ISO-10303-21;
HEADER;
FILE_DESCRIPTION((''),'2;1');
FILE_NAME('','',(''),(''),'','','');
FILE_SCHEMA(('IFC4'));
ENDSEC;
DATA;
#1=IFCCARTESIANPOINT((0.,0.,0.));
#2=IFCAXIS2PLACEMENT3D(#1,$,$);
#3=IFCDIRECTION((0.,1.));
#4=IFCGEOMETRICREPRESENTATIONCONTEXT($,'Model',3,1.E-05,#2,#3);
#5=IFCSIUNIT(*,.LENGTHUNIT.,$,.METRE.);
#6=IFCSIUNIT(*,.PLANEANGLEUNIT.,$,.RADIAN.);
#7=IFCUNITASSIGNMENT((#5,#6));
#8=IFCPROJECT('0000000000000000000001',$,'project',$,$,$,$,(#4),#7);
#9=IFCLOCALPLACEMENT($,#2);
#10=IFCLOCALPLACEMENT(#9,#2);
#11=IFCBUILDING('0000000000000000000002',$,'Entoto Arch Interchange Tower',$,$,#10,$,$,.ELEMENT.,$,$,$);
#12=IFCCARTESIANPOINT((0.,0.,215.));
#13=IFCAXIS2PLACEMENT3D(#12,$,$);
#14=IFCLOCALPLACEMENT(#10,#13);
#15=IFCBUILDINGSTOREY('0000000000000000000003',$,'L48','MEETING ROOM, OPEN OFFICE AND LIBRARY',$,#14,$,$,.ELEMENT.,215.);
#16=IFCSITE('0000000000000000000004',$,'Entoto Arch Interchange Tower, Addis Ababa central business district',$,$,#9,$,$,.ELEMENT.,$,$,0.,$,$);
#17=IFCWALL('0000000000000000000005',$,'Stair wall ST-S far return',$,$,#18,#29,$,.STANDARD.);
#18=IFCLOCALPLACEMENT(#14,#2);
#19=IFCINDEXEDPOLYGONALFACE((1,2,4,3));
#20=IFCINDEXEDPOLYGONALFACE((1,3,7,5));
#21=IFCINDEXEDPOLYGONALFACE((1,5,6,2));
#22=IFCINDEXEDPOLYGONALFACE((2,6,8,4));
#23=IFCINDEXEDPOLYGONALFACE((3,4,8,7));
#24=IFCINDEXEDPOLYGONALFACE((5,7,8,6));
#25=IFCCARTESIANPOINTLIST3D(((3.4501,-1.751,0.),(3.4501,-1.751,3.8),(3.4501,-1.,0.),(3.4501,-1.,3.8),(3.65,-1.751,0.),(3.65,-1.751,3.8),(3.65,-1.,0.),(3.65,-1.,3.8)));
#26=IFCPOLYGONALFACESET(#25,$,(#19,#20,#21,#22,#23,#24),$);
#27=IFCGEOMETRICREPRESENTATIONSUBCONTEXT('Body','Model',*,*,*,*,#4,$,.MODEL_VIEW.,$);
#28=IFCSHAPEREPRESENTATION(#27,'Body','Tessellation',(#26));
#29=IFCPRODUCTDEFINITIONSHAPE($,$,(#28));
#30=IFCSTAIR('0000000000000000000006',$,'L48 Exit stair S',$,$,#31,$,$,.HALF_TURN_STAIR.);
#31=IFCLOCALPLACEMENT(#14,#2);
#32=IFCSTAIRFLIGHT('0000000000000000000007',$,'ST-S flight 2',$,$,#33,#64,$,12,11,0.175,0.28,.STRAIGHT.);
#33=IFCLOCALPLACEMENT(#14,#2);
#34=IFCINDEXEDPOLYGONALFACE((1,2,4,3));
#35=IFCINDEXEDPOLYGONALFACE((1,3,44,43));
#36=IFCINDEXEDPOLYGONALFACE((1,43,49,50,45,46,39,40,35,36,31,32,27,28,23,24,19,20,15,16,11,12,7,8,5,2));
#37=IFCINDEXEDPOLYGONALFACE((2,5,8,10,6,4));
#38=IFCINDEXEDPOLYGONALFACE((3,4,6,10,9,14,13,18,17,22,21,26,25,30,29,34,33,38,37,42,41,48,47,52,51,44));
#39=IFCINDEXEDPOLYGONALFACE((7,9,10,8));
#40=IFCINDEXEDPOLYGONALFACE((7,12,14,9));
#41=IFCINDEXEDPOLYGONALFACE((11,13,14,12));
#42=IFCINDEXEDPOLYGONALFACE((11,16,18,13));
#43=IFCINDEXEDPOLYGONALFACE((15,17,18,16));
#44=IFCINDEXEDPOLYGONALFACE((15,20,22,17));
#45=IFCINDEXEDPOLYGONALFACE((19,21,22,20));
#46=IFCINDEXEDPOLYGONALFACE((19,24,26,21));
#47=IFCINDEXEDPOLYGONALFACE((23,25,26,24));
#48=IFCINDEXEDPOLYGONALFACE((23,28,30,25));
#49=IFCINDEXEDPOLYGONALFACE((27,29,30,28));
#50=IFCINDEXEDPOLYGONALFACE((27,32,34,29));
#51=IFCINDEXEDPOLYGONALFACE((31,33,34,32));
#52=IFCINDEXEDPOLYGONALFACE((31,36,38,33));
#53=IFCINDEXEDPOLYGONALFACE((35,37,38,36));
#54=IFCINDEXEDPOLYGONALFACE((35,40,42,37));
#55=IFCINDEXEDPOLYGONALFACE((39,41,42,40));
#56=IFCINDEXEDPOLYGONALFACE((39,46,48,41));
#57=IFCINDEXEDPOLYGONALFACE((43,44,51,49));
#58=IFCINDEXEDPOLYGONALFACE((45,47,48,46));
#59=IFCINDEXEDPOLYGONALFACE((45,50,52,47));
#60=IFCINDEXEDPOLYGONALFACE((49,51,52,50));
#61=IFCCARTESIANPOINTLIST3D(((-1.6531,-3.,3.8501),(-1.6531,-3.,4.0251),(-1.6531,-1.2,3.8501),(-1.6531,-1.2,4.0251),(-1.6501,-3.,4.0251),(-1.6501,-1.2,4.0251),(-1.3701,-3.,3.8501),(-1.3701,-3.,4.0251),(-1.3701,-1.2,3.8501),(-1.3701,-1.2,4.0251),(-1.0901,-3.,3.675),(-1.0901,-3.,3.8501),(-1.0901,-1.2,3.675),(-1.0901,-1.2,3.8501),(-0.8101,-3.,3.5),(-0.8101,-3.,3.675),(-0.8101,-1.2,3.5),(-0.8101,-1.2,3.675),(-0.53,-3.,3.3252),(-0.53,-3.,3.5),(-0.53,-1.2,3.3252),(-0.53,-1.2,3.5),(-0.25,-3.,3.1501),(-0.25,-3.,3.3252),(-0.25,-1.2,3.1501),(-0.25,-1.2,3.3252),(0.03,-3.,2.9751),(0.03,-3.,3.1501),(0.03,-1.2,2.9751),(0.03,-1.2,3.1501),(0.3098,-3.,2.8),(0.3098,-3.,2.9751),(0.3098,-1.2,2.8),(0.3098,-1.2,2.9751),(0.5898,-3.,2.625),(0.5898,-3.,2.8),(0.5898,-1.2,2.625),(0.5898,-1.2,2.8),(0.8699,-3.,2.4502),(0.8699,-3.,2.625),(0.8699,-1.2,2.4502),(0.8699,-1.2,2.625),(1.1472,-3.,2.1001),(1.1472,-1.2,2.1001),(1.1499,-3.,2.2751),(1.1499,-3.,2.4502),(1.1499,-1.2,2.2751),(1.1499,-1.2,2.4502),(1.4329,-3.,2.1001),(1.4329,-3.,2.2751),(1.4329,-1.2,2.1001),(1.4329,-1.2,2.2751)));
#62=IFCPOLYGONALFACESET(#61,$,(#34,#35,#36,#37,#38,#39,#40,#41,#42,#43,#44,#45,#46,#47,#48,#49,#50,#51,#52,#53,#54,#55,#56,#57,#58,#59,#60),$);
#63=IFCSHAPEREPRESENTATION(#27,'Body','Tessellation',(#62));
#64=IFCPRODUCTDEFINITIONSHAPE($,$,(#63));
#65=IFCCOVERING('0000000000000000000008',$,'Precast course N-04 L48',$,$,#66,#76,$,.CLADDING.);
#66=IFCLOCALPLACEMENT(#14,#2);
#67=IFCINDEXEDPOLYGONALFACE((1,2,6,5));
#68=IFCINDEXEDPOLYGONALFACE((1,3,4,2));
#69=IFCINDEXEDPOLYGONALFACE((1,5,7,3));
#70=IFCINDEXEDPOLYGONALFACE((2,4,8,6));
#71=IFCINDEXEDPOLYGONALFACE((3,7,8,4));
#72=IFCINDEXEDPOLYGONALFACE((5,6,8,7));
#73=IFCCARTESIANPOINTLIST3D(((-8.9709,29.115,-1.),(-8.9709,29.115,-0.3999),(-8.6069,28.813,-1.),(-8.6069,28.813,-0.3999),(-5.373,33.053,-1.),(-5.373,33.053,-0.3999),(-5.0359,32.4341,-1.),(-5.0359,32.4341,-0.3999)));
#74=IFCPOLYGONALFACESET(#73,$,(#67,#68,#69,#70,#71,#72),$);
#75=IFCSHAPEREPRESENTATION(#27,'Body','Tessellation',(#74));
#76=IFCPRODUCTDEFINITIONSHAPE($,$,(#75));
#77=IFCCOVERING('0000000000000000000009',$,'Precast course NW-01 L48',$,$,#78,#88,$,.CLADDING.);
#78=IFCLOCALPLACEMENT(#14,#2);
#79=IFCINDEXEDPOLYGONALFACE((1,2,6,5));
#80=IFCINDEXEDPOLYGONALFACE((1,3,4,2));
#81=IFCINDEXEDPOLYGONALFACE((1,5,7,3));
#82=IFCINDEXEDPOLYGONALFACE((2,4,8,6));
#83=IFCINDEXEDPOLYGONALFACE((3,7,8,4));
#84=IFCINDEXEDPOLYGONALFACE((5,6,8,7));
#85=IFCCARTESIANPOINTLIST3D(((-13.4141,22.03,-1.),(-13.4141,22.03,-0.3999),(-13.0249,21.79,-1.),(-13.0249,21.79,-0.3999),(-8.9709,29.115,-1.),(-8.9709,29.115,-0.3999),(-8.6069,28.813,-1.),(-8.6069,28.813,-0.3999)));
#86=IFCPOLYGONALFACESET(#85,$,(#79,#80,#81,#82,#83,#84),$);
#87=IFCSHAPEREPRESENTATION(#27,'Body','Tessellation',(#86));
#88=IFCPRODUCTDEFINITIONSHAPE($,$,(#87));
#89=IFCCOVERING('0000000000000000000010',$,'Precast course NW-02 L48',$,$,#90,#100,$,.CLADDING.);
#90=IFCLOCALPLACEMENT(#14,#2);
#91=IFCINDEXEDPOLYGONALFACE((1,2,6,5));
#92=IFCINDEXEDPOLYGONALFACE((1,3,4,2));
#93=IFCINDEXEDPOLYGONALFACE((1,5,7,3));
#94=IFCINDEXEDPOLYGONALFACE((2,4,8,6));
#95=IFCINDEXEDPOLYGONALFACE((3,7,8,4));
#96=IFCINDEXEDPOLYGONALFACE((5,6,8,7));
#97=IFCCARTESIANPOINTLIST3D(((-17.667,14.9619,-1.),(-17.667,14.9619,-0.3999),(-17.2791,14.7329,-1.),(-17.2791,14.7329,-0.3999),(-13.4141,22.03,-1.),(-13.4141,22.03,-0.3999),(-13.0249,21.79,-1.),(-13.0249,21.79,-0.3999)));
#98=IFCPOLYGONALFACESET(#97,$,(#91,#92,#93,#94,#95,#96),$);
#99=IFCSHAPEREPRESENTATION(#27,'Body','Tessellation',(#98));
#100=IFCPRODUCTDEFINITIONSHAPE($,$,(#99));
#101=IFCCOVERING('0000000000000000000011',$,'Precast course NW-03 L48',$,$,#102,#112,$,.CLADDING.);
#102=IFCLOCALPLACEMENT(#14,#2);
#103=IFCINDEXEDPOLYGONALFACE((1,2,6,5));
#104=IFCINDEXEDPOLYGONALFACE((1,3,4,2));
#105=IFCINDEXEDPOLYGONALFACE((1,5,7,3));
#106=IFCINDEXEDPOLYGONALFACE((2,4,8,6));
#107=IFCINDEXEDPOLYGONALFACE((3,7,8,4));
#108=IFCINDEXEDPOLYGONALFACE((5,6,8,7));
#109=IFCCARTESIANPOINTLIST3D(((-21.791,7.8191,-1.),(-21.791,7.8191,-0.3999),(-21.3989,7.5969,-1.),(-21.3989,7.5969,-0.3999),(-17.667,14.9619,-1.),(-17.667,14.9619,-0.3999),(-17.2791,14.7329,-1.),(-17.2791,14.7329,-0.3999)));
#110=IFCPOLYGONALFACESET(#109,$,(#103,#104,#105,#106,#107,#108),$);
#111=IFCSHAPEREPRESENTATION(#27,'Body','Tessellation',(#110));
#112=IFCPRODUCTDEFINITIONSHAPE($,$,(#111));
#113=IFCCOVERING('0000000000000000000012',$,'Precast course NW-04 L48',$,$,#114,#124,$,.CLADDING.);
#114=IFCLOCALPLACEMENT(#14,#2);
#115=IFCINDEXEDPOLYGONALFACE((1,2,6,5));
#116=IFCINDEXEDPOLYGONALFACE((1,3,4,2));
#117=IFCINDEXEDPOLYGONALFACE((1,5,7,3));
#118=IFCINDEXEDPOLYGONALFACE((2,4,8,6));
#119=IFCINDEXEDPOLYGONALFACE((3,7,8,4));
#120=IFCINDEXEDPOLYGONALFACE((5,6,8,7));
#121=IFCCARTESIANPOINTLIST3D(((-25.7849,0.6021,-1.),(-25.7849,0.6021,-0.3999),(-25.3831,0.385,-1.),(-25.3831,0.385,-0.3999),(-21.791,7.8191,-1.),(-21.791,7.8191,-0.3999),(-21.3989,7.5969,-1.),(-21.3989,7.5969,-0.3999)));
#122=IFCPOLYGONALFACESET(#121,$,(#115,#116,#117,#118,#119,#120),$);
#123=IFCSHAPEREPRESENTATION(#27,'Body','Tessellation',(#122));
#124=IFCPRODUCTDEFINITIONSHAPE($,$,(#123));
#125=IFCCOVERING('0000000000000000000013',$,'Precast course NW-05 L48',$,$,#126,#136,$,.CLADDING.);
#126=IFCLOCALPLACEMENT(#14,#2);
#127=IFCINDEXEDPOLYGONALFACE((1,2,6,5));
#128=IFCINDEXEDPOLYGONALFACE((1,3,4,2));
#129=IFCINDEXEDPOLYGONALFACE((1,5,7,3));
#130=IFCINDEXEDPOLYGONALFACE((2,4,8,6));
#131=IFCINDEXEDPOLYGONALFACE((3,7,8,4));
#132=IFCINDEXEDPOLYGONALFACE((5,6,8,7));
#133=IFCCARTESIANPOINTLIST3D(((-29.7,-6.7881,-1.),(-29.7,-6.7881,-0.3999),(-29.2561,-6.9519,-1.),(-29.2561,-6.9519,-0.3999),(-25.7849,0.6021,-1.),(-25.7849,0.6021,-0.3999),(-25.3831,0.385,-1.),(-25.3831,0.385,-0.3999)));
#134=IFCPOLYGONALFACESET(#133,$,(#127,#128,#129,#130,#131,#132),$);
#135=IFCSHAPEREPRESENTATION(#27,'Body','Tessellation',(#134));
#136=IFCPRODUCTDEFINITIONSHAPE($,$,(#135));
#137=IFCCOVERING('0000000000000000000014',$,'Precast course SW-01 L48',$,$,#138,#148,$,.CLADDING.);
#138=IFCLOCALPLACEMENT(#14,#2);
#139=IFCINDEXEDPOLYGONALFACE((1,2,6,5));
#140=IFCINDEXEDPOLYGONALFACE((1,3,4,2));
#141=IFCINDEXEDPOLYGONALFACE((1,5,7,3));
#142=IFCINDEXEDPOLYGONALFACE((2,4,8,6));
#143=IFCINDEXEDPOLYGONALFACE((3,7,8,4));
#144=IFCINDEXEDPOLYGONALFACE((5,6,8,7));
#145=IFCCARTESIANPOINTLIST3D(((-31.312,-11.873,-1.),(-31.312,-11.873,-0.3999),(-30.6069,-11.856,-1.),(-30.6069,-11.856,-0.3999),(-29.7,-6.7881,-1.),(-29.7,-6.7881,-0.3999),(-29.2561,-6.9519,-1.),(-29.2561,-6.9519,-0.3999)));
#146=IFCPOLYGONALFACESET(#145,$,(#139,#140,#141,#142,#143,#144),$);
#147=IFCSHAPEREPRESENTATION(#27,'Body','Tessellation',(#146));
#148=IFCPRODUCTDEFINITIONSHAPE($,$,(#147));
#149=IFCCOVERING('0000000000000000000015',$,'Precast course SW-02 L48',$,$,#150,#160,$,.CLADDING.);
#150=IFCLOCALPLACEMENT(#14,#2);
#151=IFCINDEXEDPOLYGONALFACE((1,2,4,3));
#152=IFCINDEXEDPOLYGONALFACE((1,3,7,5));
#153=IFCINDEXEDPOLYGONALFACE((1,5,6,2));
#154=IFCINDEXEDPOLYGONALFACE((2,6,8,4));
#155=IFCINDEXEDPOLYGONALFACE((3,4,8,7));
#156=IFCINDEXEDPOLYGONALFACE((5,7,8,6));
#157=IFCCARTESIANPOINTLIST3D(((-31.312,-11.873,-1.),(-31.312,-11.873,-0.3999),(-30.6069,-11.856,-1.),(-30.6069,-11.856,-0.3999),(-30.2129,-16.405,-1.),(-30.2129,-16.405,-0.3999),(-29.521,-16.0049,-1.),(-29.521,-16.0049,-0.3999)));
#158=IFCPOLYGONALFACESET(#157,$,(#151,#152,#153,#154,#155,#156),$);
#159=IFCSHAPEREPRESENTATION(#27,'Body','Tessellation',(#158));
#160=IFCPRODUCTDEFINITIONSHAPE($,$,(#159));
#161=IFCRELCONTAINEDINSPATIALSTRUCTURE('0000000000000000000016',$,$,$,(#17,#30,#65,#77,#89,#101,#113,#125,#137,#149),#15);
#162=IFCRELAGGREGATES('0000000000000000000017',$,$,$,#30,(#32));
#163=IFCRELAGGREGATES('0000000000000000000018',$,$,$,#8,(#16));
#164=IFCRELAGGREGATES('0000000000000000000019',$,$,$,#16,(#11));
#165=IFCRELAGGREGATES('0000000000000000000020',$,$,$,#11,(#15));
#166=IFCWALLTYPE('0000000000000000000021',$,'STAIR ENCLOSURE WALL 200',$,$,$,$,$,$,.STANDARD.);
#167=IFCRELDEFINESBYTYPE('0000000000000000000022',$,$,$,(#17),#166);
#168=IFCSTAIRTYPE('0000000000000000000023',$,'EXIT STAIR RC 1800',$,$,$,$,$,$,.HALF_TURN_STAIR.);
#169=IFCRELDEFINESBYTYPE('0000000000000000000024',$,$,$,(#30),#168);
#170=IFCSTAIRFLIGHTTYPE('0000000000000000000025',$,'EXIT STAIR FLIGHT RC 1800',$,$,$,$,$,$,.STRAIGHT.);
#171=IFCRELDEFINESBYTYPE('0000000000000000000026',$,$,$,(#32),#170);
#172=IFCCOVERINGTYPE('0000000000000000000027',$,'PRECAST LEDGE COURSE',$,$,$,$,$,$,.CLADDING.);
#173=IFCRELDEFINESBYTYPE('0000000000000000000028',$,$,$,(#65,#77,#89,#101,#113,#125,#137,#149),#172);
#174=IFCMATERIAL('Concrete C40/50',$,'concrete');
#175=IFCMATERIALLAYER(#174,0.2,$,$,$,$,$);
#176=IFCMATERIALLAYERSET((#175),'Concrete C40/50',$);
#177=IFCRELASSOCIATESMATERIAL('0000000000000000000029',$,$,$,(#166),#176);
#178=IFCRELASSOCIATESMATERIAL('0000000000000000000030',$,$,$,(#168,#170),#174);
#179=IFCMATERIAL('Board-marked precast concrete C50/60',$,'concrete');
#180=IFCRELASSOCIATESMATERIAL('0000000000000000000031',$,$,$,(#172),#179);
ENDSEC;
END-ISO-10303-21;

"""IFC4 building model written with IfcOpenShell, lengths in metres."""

from ifc_helpers import new_model, si_unit, direction, frame, frame_2d, origin, place, context, subcontext, project, spatial, polyline, rectangle, outline, extrude, material, layer, layer_set, type_object, element, aggregate, save


model = new_model("IFC4")

# Units and contexts
model_context = context("Model", 3, precision=1e-05, world=origin(), true_north=direction((0.0, 1.0)))
body_context = subcontext(model_context, "Body", "Model", "MODEL_VIEW")
ifc_project = project(units=[si_unit("LENGTHUNIT", "METRE"), si_unit("PLANEANGLEUNIT", "RADIAN")], contexts=[model_context])

# Site, building, storey
site_placement = place(None, origin())
site = spatial("IfcSite", under=ifc_project, at=site_placement, Name="Entoto Arch Interchange Tower, Addis Ababa central business district", CompositionType="ELEMENT", RefElevation=0.0)
building_placement = place(site_placement, origin())
building = spatial("IfcBuilding", under=site, at=building_placement, Name="Entoto Arch Interchange Tower", CompositionType="ELEMENT")
storey_placement = place(building_placement, frame((0.0, 0.0, 215.0)))
storey = spatial("IfcBuildingStorey", under=building, at=storey_placement, Name="L48", Description="MEETING ROOM, OPEN OFFICE AND LIBRARY", CompositionType="ELEMENT", Elevation=215.0)

# Shared definitions
ifc_material_1 = material(Name="Concrete C40/50", Category="concrete")

# Wall
ifc_layer_1 = layer(ifc_material_1, 0.2)
ifc_layer_set_1 = layer_set([ifc_layer_1], Name="Concrete C40/50")
wall_type_1 = type_object("IfcWallType", Name="STAIR ENCLOSURE WALL 200", PredefinedType="STANDARD", material=ifc_layer_set_1)
wall_1_placement = place(storey_placement, frame((3.55, -1.0, 0.0), z_axis=(0.0, 0.0, 1.0), x_axis=(0.0, -1.0, 0.0)))
element("IfcWall", 1, at=wall_1_placement, inside=storey, type_object=wall_type_1, Name="Stair wall ST-S far return", PredefinedType="STANDARD", context=body_context, shape_type="SweptSolid", body=[
    extrude(rectangle(XDim=0.751, YDim=0.2, at=frame_2d((0.3755, 0.0))), origin(), (0.0, 0.0, 1.0), 3.8),
])

# Stair, stair flight
stair_type = type_object("IfcStairType", Name="EXIT STAIR RC 1800", PredefinedType="HALF_TURN_STAIR", material=ifc_material_1)
stair_placement = place(storey_placement, origin())
stair = element("IfcStair", 2, at=stair_placement, inside=storey, type_object=stair_type, Name="L48 Exit stair S", PredefinedType="HALF_TURN_STAIR")
stair_flight_type = type_object("IfcStairFlightType", Name="EXIT STAIR FLIGHT RC 1800", PredefinedType="STRAIGHT", material=ifc_material_1)
stair_flight_placement = place(storey_placement, frame((1.4299, -2.1001, 2.1001), z_axis=(0.0, 0.0, 1.0), x_axis=(-1.0, 0.0, 0.0)))
stair_flight = element("IfcStairFlight", 3, at=stair_flight_placement, type_object=stair_flight_type, Name="ST-S flight 2", NumberOfRisers=12, NumberOfTreads=11, PredefinedType="STRAIGHT", RiserHeight=0.175, TreadLength=0.28, context=body_context, shape_type="SweptSolid", body=[
    extrude(outline(polyline([(-0.0029, 0.0), (-0.0029, 0.175), (0.28, 0.175), (0.28, 0.3501), (0.5601, 0.3501), (0.5601, 0.5249), (0.8401, 0.5249), (0.8401, 0.7), (1.1201, 0.7), (1.1201, 0.875), (1.3999, 0.875), (1.3999, 1.05), (1.6799, 1.05), (1.6799, 1.2251), (1.96, 1.2251), (1.96, 1.3999), (2.24, 1.3999), (2.24, 1.575), (2.52, 1.575), (2.52, 1.75), (2.8, 1.75), (2.8, 1.925), (3.0801, 1.925), (3.083, 1.925), (3.083, 1.75), (0.2827, 0.0), (-0.0029, 0.0)])), frame((0.0, 0.8999, 0.0), z_axis=(0.0, -1.0, 0.0), x_axis=(1.0, 0.0, 0.0)), (0.0, 0.0, 1.0), 1.8),
])
aggregate(stair, [stair_flight])

# Coverings
ifc_material_2 = material(Name="Board-marked precast concrete C50/60", Category="concrete")
covering_type = type_object("IfcCoveringType", Name="PRECAST LEDGE COURSE", PredefinedType="CLADDING", material=ifc_material_2)
covering_1_placement = place(storey_placement, frame((0.0, 0.0, -1.0)))
element("IfcCovering", 4, at=covering_1_placement, inside=storey, type_object=covering_type, Name="Precast course N-04 L48", PredefinedType="CLADDING", context=body_context, shape_type="SweptSolid", body=[
    extrude(outline(polyline([(-8.6069, 28.813), (-8.9709, 29.115), (-5.373, 33.053), (-5.0359, 32.4341), (-8.6069, 28.813)])), origin(), (0.0, 0.0, 1.0), 0.6001),
])
covering_2_placement = place(storey_placement, frame((0.0, 0.0, -1.0)))
element("IfcCovering", 5, at=covering_2_placement, inside=storey, type_object=covering_type, Name="Precast course NW-01 L48", PredefinedType="CLADDING", context=body_context, shape_type="SweptSolid", body=[
    extrude(outline(polyline([(-13.0249, 21.79), (-13.4141, 22.03), (-8.9709, 29.115), (-8.6069, 28.813), (-13.0249, 21.79)])), origin(), (0.0, 0.0, 1.0), 0.6001),
])
covering_3_placement = place(storey_placement, frame((0.0, 0.0, -1.0)))
element("IfcCovering", 6, at=covering_3_placement, inside=storey, type_object=covering_type, Name="Precast course NW-02 L48", PredefinedType="CLADDING", context=body_context, shape_type="SweptSolid", body=[
    extrude(outline(polyline([(-17.2791, 14.7329), (-17.667, 14.9619), (-13.4141, 22.03), (-13.0249, 21.79), (-17.2791, 14.7329)])), origin(), (0.0, 0.0, 1.0), 0.6001),
])
covering_4_placement = place(storey_placement, frame((0.0, 0.0, -1.0)))
element("IfcCovering", 7, at=covering_4_placement, inside=storey, type_object=covering_type, Name="Precast course NW-03 L48", PredefinedType="CLADDING", context=body_context, shape_type="SweptSolid", body=[
    extrude(outline(polyline([(-21.3989, 7.5969), (-21.791, 7.8191), (-17.667, 14.9619), (-17.2791, 14.7329), (-21.3989, 7.5969)])), origin(), (0.0, 0.0, 1.0), 0.6001),
])
covering_5_placement = place(storey_placement, frame((0.0, 0.0, -1.0)))
element("IfcCovering", 8, at=covering_5_placement, inside=storey, type_object=covering_type, Name="Precast course NW-04 L48", PredefinedType="CLADDING", context=body_context, shape_type="SweptSolid", body=[
    extrude(outline(polyline([(-25.3831, 0.385), (-25.7849, 0.6021), (-21.791, 7.8191), (-21.3989, 7.5969), (-25.3831, 0.385)])), origin(), (0.0, 0.0, 1.0), 0.6001),
])
covering_6_placement = place(storey_placement, frame((0.0, 0.0, -1.0)))
element("IfcCovering", 9, at=covering_6_placement, inside=storey, type_object=covering_type, Name="Precast course NW-05 L48", PredefinedType="CLADDING", context=body_context, shape_type="SweptSolid", body=[
    extrude(outline(polyline([(-29.2561, -6.9519), (-29.7, -6.7881), (-25.7849, 0.6021), (-25.3831, 0.385), (-29.2561, -6.9519)])), origin(), (0.0, 0.0, 1.0), 0.6001),
])
covering_7_placement = place(storey_placement, frame((0.0, 0.0, -1.0)))
element("IfcCovering", 10, at=covering_7_placement, inside=storey, type_object=covering_type, Name="Precast course SW-01 L48", PredefinedType="CLADDING", context=body_context, shape_type="SweptSolid", body=[
    extrude(outline(polyline([(-30.6069, -11.856), (-31.312, -11.873), (-29.7, -6.7881), (-29.2561, -6.9519), (-30.6069, -11.856)])), origin(), (0.0, 0.0, 1.0), 0.6001),
])
covering_8_placement = place(storey_placement, frame((0.0, 0.0, -1.0)))
element("IfcCovering", 11, at=covering_8_placement, inside=storey, type_object=covering_type, Name="Precast course SW-02 L48", PredefinedType="CLADDING", context=body_context, shape_type="SweptSolid", body=[
    extrude(outline(polyline([(-29.521, -16.0049), (-30.2129, -16.405), (-31.312, -11.873), (-30.6069, -11.856), (-29.521, -16.0049)])), origin(), (0.0, 0.0, 1.0), 0.6001),
])

save(model, "model.ifc")
